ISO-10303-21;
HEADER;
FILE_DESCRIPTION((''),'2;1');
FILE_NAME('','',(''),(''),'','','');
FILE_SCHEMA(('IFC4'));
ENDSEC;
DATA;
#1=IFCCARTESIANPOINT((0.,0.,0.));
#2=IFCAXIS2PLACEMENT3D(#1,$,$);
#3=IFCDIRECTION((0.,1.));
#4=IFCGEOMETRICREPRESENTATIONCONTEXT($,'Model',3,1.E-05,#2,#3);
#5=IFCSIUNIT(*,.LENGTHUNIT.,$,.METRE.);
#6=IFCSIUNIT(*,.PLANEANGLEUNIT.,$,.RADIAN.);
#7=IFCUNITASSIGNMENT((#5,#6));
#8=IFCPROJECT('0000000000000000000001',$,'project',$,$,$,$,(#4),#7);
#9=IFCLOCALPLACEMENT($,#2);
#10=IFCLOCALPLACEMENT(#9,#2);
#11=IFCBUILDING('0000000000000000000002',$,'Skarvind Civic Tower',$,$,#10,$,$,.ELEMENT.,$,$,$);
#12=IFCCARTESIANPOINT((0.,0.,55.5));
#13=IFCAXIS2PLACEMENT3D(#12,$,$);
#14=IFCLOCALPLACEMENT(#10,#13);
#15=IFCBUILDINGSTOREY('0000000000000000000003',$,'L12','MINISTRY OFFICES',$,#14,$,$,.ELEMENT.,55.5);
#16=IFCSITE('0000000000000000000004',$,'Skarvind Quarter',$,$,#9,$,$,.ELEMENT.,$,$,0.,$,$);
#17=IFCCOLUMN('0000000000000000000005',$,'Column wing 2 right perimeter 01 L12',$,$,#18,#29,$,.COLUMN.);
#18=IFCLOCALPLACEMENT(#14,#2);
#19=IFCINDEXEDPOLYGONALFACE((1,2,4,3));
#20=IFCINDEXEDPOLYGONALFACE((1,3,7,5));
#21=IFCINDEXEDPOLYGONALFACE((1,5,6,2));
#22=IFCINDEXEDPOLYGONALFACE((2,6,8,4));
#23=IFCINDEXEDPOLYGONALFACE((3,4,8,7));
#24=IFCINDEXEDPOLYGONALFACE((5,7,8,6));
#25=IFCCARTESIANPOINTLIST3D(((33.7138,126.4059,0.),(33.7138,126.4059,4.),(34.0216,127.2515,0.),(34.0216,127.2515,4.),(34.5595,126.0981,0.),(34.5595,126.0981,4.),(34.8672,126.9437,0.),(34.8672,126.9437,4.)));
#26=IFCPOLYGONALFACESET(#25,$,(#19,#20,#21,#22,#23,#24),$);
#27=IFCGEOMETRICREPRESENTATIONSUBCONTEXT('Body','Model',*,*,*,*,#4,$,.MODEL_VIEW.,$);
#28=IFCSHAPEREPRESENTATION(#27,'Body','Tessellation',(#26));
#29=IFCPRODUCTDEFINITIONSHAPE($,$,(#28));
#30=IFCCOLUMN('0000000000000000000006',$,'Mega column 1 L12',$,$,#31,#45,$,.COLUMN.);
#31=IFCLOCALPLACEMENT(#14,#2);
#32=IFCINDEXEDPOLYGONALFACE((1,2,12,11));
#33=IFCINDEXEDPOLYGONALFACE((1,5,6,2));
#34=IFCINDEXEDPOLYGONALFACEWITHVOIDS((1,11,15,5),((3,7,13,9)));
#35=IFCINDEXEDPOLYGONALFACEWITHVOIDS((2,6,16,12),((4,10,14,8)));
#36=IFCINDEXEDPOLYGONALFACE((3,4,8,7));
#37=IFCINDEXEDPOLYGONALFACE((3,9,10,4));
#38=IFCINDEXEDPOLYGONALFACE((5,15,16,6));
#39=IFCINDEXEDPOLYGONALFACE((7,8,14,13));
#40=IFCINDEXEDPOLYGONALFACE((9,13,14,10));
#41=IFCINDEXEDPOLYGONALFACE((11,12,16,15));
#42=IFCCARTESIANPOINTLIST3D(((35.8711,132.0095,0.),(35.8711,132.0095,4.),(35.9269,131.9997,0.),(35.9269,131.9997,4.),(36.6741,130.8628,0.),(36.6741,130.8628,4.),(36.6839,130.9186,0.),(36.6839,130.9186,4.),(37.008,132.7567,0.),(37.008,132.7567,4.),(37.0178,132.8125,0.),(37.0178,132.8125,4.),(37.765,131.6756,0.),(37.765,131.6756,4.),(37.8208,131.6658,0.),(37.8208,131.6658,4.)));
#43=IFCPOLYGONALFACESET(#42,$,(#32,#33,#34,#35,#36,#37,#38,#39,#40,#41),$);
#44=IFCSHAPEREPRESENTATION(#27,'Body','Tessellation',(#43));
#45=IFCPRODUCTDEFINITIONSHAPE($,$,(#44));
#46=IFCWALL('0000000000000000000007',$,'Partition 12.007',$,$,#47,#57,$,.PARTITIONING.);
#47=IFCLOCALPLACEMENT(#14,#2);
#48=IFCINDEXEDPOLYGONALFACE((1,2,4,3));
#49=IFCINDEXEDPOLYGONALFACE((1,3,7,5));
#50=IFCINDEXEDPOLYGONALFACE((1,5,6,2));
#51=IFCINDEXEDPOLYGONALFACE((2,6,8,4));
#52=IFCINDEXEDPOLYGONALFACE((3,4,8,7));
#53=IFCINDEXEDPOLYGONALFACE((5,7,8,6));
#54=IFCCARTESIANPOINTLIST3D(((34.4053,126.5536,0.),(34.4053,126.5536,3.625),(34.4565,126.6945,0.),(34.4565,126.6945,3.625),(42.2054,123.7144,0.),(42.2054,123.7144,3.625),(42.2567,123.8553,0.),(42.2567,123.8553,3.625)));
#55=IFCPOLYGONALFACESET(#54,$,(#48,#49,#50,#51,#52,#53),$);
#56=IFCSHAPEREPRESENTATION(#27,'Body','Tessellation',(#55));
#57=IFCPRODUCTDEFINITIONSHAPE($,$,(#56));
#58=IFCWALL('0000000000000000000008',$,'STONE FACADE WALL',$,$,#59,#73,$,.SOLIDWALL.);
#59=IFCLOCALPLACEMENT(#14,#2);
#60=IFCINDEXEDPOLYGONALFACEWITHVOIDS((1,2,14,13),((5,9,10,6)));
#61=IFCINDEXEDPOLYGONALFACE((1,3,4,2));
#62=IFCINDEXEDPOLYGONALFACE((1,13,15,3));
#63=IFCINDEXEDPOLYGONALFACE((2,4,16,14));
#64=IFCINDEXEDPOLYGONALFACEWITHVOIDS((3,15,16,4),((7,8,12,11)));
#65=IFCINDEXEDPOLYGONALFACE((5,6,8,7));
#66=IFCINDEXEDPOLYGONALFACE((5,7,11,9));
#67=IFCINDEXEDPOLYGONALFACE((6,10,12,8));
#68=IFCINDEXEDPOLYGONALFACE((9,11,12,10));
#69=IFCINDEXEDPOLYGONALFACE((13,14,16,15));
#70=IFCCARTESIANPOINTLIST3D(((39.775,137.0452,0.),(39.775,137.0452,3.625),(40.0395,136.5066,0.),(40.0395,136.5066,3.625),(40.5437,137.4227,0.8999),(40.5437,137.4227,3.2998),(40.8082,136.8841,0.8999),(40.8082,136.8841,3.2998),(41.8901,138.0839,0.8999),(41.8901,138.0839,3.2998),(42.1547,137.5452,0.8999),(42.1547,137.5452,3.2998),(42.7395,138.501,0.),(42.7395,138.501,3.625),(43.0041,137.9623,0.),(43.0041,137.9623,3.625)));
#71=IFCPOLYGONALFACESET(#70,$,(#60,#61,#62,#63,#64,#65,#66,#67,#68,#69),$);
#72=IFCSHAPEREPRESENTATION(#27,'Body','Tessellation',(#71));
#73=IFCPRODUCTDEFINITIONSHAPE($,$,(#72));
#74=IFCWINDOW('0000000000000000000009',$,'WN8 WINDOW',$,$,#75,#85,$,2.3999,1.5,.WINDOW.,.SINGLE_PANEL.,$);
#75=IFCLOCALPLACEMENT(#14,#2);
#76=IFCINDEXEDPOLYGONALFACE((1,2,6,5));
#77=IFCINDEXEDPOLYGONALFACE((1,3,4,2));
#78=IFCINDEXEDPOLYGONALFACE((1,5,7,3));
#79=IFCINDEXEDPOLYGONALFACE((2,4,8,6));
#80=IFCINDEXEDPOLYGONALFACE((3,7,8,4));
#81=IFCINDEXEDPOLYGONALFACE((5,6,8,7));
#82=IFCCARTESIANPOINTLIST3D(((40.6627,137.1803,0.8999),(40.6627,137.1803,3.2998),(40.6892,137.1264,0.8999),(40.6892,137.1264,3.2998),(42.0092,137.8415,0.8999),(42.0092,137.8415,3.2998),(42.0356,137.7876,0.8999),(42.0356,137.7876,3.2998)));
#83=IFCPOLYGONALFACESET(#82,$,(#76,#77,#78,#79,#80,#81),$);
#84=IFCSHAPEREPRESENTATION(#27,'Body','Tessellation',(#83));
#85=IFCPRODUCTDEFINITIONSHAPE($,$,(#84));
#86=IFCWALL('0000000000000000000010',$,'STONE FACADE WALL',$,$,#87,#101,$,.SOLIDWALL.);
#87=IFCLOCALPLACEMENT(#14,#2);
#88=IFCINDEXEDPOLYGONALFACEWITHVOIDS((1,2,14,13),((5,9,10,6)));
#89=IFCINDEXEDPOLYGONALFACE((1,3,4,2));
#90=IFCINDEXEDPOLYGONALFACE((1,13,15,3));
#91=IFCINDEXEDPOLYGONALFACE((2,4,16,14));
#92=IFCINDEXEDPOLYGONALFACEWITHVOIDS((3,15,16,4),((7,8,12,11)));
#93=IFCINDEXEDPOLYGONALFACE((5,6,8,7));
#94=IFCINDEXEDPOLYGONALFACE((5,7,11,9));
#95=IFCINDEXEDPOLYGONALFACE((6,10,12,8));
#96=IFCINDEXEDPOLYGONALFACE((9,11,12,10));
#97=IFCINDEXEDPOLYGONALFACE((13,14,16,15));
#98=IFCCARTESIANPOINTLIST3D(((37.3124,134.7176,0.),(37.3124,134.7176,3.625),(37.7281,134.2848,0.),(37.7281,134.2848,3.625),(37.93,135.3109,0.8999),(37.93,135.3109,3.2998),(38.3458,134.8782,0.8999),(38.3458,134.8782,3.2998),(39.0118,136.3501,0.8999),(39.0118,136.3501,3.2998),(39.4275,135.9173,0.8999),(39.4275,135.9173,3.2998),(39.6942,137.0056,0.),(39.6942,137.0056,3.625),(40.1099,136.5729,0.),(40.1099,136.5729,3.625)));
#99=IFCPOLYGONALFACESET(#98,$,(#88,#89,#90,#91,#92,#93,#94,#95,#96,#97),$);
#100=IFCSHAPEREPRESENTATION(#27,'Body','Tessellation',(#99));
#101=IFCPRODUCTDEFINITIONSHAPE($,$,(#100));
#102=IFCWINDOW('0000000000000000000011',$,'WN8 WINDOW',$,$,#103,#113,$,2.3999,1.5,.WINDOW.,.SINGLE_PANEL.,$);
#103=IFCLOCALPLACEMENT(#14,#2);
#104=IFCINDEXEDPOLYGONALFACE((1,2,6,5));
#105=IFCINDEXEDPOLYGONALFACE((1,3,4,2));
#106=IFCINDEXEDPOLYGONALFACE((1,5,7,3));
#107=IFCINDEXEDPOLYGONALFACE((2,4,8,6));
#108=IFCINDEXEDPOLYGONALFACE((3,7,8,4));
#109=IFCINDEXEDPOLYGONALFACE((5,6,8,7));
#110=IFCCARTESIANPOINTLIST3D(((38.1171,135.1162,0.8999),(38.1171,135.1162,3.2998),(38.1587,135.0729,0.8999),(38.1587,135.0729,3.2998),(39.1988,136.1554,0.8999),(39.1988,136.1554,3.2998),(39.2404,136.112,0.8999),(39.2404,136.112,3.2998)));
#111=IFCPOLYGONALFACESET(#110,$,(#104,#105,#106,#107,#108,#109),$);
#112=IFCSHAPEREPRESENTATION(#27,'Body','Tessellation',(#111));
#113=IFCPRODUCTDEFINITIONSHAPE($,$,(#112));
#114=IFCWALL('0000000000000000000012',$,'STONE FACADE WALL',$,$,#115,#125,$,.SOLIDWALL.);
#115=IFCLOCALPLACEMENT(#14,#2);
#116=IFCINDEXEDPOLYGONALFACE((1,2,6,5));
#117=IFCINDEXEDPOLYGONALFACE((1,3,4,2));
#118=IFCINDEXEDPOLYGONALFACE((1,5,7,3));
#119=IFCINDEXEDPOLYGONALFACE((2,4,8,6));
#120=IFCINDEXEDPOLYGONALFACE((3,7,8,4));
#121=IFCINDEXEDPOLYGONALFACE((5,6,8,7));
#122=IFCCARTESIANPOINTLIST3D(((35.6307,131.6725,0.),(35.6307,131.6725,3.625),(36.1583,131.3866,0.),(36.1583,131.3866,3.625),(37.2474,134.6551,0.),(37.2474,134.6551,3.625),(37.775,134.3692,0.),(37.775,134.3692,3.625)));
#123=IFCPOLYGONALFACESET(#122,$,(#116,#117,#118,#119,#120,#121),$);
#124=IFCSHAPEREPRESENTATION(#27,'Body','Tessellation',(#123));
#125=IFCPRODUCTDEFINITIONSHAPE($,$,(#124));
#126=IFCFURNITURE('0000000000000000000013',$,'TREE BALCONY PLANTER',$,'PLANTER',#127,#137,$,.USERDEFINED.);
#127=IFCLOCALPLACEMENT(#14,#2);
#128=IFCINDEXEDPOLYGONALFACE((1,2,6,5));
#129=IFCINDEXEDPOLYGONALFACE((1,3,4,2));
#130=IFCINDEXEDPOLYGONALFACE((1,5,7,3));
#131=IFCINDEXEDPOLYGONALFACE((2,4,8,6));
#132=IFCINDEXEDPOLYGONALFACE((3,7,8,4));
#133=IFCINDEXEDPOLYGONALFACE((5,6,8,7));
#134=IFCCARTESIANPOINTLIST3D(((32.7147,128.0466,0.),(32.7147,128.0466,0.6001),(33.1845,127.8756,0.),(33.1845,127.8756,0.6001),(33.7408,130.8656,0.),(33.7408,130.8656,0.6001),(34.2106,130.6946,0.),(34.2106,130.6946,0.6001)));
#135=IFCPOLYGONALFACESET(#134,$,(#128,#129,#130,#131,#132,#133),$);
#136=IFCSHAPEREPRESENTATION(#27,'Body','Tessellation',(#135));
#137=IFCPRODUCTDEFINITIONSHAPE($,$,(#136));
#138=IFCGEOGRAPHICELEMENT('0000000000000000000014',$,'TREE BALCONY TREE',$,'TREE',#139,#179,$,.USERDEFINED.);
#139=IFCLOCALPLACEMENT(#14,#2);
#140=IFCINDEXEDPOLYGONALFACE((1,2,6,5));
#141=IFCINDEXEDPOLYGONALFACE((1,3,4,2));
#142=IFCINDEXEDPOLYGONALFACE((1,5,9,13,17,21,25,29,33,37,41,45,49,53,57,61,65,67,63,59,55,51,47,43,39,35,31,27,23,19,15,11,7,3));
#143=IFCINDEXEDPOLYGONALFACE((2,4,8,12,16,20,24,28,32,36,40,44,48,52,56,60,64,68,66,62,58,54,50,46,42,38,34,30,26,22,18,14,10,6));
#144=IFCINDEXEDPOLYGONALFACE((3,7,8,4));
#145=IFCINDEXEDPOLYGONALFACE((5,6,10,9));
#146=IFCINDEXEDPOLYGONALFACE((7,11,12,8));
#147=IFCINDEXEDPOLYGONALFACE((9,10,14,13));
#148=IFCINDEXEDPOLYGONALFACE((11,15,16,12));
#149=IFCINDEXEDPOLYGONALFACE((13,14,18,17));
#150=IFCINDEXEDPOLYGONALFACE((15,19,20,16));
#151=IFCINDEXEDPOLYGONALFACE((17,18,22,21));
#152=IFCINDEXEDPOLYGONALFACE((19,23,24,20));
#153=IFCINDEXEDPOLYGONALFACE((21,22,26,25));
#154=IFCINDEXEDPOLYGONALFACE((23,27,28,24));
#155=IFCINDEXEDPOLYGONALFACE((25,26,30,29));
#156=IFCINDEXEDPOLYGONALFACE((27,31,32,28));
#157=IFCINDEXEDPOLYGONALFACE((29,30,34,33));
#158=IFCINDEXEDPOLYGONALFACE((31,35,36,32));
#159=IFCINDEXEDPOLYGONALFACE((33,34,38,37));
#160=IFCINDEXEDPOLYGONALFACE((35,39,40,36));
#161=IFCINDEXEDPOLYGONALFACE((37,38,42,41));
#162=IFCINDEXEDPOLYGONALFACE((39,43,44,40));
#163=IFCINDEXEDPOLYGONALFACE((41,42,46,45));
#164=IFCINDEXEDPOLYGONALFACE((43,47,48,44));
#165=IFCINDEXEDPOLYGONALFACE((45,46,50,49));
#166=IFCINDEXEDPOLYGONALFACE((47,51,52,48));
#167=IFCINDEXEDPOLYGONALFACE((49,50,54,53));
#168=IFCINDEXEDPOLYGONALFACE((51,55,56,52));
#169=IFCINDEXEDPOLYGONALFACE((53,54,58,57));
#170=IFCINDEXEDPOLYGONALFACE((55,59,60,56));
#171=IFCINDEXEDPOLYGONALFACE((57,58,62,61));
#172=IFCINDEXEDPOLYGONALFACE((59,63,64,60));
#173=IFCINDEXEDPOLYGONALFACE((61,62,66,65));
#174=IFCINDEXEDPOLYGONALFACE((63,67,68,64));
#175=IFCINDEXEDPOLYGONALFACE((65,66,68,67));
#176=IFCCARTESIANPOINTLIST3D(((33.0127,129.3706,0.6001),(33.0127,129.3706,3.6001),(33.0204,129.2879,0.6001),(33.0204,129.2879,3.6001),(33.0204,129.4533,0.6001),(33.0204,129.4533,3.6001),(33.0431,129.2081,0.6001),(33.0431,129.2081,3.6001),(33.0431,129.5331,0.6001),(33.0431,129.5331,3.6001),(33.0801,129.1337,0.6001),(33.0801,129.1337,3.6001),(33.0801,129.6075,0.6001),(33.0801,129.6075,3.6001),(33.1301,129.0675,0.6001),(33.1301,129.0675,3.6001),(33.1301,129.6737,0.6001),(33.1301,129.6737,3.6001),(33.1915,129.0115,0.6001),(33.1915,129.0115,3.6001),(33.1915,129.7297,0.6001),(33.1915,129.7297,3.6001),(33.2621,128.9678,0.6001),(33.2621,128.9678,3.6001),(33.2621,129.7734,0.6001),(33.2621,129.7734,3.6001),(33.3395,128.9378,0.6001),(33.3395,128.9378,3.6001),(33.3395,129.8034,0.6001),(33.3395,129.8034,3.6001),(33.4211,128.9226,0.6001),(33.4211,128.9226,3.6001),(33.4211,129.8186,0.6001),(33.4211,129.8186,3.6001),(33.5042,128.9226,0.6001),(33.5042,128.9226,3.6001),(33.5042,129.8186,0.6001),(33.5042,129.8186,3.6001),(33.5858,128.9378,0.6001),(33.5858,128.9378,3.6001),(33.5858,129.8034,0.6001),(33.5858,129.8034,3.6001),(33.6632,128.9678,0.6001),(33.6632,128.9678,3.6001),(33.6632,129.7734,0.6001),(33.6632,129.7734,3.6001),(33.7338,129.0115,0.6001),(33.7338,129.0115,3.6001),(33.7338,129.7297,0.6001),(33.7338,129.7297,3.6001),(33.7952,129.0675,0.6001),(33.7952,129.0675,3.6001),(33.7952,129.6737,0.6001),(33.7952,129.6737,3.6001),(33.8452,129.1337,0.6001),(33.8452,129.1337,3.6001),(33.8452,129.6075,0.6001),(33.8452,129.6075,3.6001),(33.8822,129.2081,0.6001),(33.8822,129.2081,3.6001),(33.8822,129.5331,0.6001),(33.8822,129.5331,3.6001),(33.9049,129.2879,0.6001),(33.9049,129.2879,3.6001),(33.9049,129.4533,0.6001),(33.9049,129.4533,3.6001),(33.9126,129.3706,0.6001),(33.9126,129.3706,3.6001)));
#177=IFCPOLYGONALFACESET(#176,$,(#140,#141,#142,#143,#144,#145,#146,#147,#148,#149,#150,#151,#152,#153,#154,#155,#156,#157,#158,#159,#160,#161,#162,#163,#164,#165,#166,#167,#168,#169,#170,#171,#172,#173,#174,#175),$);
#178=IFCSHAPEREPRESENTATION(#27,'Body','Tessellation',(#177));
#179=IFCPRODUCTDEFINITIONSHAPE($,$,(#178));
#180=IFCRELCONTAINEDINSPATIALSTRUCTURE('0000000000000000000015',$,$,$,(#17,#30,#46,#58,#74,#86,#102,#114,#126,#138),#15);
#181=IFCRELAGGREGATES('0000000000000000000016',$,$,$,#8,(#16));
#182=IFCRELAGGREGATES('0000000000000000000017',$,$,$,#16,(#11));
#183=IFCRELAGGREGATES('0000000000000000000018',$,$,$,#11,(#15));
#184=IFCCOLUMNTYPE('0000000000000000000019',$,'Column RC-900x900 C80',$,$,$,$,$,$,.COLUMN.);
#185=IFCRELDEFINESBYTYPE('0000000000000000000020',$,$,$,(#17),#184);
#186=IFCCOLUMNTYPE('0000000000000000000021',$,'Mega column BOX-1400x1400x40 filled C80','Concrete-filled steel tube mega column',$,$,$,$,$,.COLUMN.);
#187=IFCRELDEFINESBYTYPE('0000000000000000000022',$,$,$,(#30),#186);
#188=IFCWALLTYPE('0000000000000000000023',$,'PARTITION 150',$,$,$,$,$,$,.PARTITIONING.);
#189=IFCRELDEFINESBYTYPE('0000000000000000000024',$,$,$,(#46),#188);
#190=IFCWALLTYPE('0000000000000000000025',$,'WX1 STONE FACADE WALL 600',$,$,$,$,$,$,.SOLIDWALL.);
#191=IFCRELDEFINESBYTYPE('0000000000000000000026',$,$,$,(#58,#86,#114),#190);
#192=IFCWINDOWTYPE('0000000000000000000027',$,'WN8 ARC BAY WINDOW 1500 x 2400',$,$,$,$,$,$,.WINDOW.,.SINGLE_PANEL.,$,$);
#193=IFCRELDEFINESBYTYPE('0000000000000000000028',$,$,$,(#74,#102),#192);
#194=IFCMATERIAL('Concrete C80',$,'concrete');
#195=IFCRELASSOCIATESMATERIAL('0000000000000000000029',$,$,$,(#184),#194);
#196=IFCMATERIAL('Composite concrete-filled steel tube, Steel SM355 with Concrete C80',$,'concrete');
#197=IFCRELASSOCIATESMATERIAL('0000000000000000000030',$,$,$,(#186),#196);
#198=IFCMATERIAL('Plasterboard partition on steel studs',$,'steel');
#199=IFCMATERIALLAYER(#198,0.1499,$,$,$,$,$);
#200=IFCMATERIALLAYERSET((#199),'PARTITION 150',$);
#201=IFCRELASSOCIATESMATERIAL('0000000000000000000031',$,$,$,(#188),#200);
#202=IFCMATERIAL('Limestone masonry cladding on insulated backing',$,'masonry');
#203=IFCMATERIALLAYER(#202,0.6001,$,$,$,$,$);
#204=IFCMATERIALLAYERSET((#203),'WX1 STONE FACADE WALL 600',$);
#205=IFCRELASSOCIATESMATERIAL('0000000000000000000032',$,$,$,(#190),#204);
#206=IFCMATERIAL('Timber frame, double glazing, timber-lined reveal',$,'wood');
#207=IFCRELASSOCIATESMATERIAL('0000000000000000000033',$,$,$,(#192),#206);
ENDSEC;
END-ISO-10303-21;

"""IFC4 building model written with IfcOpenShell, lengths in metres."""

from ifc_helpers import new_model, si_unit, direction, frame, frame_2d, origin, origin_2d, place, context, subcontext, project, spatial, rectangle, hollow_rectangle, circle, extrude, material, layer, layer_set, material_profile, profile_set, type_object, element, fill, save


model = new_model("IFC4")

# Units and contexts
model_context = context("Model", 3, precision=1e-05, world=origin(), true_north=direction((0.0, 1.0)))
body_context = subcontext(model_context, "Body", "Model", "MODEL_VIEW")
ifc_project = project(units=[si_unit("LENGTHUNIT", "METRE"), si_unit("PLANEANGLEUNIT", "RADIAN")], contexts=[model_context])

# Site, building, storey
site_placement = place(None, origin())
site = spatial("IfcSite", under=ifc_project, at=site_placement, Name="Skarvind Quarter", CompositionType="ELEMENT", RefElevation=0.0)
building_placement = place(site_placement, origin())
building = spatial("IfcBuilding", under=site, at=building_placement, Name="Skarvind Civic Tower", CompositionType="ELEMENT")
storey_placement = place(building_placement, frame((0.0, 0.0, 55.5)))
storey = spatial("IfcBuildingStorey", under=building, at=storey_placement, Name="L12", Description="MINISTRY OFFICES", CompositionType="ELEMENT", Elevation=55.5)

# Columns
ifc_material_1 = material(Name="Concrete C80", Category="concrete")
ifc_material_profile_1 = material_profile(ifc_material_1, rectangle(XDim=0.8999, YDim=0.8999, at=origin_2d()), Name="RC-900x900")
ifc_profile_set_1 = profile_set([ifc_material_profile_1], Name="Concrete C80")
column_type_1 = type_object("IfcColumnType", Name="Column RC-900x900 C80", PredefinedType="COLUMN", material=ifc_profile_set_1)
column_1_placement = place(storey_placement, frame((34.2905, 126.6748, 0.0), z_axis=(0.0, 0.0, 1.0), x_axis=(-0.34202, -0.939693, 0.0)))
element("IfcColumn", 1, at=column_1_placement, inside=storey, type_object=column_type_1, Name="Column wing 2 right perimeter 01 L12", PredefinedType="COLUMN", context=body_context, shape_type="SweptSolid", body=[
    extrude(rectangle(XDim=0.8999, YDim=0.8999, at=origin_2d()), origin(), (0.0, 0.0, 1.0), 4.0),
])
ifc_material_2 = material(Name="Composite concrete-filled steel tube, Steel SM355 with Concrete C80", Category="concrete")
ifc_material_profile_2 = material_profile(ifc_material_2, hollow_rectangle(XDim=1.3999, YDim=1.3999, WallThickness=0.04, at=origin_2d()), Name="BOX-1400x1400x40")
ifc_profile_set_2 = profile_set([ifc_material_profile_2], Name="Composite concrete-filled steel tube, Steel SM355 with Concrete C80")
column_type_2 = type_object("IfcColumnType", Name="Mega column BOX-1400x1400x40 filled C80", Description="Concrete-filled steel tube mega column", PredefinedType="COLUMN", material=ifc_profile_set_2)
column_2_placement = place(storey_placement, frame((36.8459, 131.8376, 0.0), z_axis=(0.0, 0.0, 1.0), x_axis=(0.573576, -0.819152, 0.0)))
element("IfcColumn", 2, at=column_2_placement, inside=storey, type_object=column_type_2, Name="Mega column 1 L12", PredefinedType="COLUMN", context=body_context, shape_type="SweptSolid", body=[
    extrude(hollow_rectangle(XDim=1.3999, YDim=1.3999, WallThickness=0.04, at=origin_2d()), origin(), (0.0, 0.0, 1.0), 4.0),
])

# Wall
ifc_material_3 = material(Name="Plasterboard partition on steel studs", Category="steel")
ifc_layer_1 = layer(ifc_material_3, 0.1499)
ifc_layer_set_1 = layer_set([ifc_layer_1], Name="PARTITION 150")
wall_type_1 = type_object("IfcWallType", Name="PARTITION 150", PredefinedType="PARTITIONING", material=ifc_layer_set_1)
wall_1_placement = place(storey_placement, frame((34.4309, 126.624, 0.0), z_axis=(0.0, 0.0, 1.0), x_axis=(0.939688, -0.342034, 0.0)))
element("IfcWall", 3, at=wall_1_placement, inside=storey, type_object=wall_type_1, Name="Partition 12.007", PredefinedType="PARTITIONING", context=body_context, shape_type="SweptSolid", body=[
    extrude(rectangle(XDim=8.3008, YDim=0.1499, at=frame_2d((4.1504, 0.0))), origin(), (0.0, 0.0, 1.0), 3.625),
])

# Walls, openings, windows
ifc_material_4 = material(Name="Limestone masonry cladding on insulated backing", Category="masonry")
ifc_layer_2 = layer(ifc_material_4, 0.6001)
ifc_layer_set_2 = layer_set([ifc_layer_2], Name="WX1 STONE FACADE WALL 600")
wall_type_2 = type_object("IfcWallType", Name="WX1 STONE FACADE WALL 600", PredefinedType="SOLIDWALL", material=ifc_layer_set_2)
wall_2_placement = place(storey_placement, frame((39.9072, 136.7759, 0.0), z_axis=(0.0, 0.0, 1.0), x_axis=(0.897612, 0.440786, 0.0)))
wall_2 = element("IfcWall", 4, at=wall_2_placement, inside=storey, type_object=wall_type_2, Name="STONE FACADE WALL", PredefinedType="SOLIDWALL", context=body_context, shape_type="SweptSolid", body=[
    extrude(rectangle(XDim=3.3027, YDim=0.6001, at=frame_2d((1.6514, 0.0))), origin(), (0.0, 0.0, 1.0), 3.625),
])
opening_1_placement = place(wall_2_placement, frame((0.8564, 0.0, 0.8999)))
opening_1 = element("IfcOpeningElement", 5, at=opening_1_placement, cuts=wall_2, PredefinedType="OPENING", context=body_context, shape_type="SweptSolid", body=[
    extrude(rectangle(XDim=1.5, YDim=2.3999, at=frame_2d((0.75, 1.2))), frame((0.0, 0.3101, 0.0), z_axis=(0.0, -1.0, 0.0), x_axis=(1.0, 0.0, 0.0)), (0.0, 0.0, 1.0), 0.6201),
])
ifc_material_5 = material(Name="Timber frame, double glazing, timber-lined reveal", Category="wood")
window_type = type_object("IfcWindowType", Name="WN8 ARC BAY WINDOW 1500 x 2400", PartitioningType="SINGLE_PANEL", PredefinedType="WINDOW", material=ifc_material_5)
window_1_placement = place(opening_1_placement, origin())
window_1 = element("IfcWindow", 6, at=window_1_placement, inside=storey, type_object=window_type, Name="WN8 WINDOW", OverallHeight=2.3999, OverallWidth=1.5, PartitioningType="SINGLE_PANEL", PredefinedType="WINDOW", context=body_context, shape_type="SweptSolid", body=[
    extrude(rectangle(XDim=1.5, YDim=2.3999, at=frame_2d((0.75, 1.2))), frame((0.0, 0.03, 0.0), z_axis=(0.0, -1.0, 0.0), x_axis=(1.0, 0.0, 0.0)), (0.0, 0.0, 1.0), 0.0601),
])
fill(opening_1, window_1)
wall_3_placement = place(storey_placement, frame((37.5203, 134.5012, 0.0), z_axis=(0.0, 0.0, 1.0), x_axis=(0.721157, 0.692772, 0.0)))
wall_3 = element("IfcWall", 7, at=wall_3_placement, inside=storey, type_object=wall_type_2, Name="STONE FACADE WALL", PredefinedType="SOLIDWALL", context=body_context, shape_type="SweptSolid", body=[
    extrude(rectangle(XDim=3.3027, YDim=0.6001, at=frame_2d((1.6514, 0.0))), origin(), (0.0, 0.0, 1.0), 3.625),
])
opening_2_placement = place(wall_3_placement, frame((0.8564, 0.0, 0.8999)))
opening_2 = element("IfcOpeningElement", 8, at=opening_2_placement, cuts=wall_3, PredefinedType="OPENING", context=body_context, shape_type="SweptSolid", body=[
    extrude(rectangle(XDim=1.5, YDim=2.3999, at=frame_2d((0.75, 1.2))), frame((0.0, 0.3101, 0.0), z_axis=(0.0, -1.0, 0.0), x_axis=(1.0, 0.0, 0.0)), (0.0, 0.0, 1.0), 0.6201),
])
window_2_placement = place(opening_2_placement, origin())
window_2 = element("IfcWindow", 9, at=window_2_placement, inside=storey, type_object=window_type, Name="WN8 WINDOW", OverallHeight=2.3999, OverallWidth=1.5, PartitioningType="SINGLE_PANEL", PredefinedType="WINDOW", context=body_context, shape_type="SweptSolid", body=[
    extrude(rectangle(XDim=1.5, YDim=2.3999, at=frame_2d((0.75, 1.2))), frame((0.0, 0.03, 0.0), z_axis=(0.0, -1.0, 0.0), x_axis=(1.0, 0.0, 0.0)), (0.0, 0.0, 1.0), 0.0601),
])
fill(opening_2, window_2)

# Wall
wall_4_placement = place(storey_placement, frame((35.8945, 131.5295, 0.0), z_axis=(0.0, 0.0, 1.0), x_axis=(0.476531, 0.879158, 0.0)))
element("IfcWall", 10, at=wall_4_placement, inside=storey, type_object=wall_type_2, Name="STONE FACADE WALL", PredefinedType="SOLIDWALL", context=body_context, shape_type="SweptSolid", body=[
    extrude(rectangle(XDim=3.3926, YDim=0.6001, at=frame_2d((1.6963, 0.0))), origin(), (0.0, 0.0, 1.0), 3.625),
])

# Furniture
furniture_placement = place(storey_placement, frame((33.4626, 129.3706, 0.0), z_axis=(0.0, 0.0, 1.0), x_axis=(0.34202, 0.939693, 0.0)))
element("IfcFurniture", 11, at=furniture_placement, inside=storey, Name="TREE BALCONY PLANTER", ObjectType="PLANTER", PredefinedType="USERDEFINED", context=body_context, shape_type="SweptSolid", body=[
    extrude(rectangle(XDim=3.0, YDim=0.5, at=origin_2d()), origin(), (0.0, 0.0, 1.0), 0.6001),
])

# Geographic element
geographic_element_placement = place(storey_placement, frame((33.4626, 129.3706, 0.6001), z_axis=(0.0, 0.0, 1.0), x_axis=(1.0, 0.0, 0.0)))
element("IfcGeographicElement", 12, at=geographic_element_placement, inside=storey, Name="TREE BALCONY TREE", ObjectType="TREE", PredefinedType="USERDEFINED", context=body_context, shape_type="SweptSolid", body=[
    extrude(circle(Radius=0.45, at=origin_2d()), origin(), (0.0, 0.0, 1.0), 3.0),
])

save(model, "model.ifc")
